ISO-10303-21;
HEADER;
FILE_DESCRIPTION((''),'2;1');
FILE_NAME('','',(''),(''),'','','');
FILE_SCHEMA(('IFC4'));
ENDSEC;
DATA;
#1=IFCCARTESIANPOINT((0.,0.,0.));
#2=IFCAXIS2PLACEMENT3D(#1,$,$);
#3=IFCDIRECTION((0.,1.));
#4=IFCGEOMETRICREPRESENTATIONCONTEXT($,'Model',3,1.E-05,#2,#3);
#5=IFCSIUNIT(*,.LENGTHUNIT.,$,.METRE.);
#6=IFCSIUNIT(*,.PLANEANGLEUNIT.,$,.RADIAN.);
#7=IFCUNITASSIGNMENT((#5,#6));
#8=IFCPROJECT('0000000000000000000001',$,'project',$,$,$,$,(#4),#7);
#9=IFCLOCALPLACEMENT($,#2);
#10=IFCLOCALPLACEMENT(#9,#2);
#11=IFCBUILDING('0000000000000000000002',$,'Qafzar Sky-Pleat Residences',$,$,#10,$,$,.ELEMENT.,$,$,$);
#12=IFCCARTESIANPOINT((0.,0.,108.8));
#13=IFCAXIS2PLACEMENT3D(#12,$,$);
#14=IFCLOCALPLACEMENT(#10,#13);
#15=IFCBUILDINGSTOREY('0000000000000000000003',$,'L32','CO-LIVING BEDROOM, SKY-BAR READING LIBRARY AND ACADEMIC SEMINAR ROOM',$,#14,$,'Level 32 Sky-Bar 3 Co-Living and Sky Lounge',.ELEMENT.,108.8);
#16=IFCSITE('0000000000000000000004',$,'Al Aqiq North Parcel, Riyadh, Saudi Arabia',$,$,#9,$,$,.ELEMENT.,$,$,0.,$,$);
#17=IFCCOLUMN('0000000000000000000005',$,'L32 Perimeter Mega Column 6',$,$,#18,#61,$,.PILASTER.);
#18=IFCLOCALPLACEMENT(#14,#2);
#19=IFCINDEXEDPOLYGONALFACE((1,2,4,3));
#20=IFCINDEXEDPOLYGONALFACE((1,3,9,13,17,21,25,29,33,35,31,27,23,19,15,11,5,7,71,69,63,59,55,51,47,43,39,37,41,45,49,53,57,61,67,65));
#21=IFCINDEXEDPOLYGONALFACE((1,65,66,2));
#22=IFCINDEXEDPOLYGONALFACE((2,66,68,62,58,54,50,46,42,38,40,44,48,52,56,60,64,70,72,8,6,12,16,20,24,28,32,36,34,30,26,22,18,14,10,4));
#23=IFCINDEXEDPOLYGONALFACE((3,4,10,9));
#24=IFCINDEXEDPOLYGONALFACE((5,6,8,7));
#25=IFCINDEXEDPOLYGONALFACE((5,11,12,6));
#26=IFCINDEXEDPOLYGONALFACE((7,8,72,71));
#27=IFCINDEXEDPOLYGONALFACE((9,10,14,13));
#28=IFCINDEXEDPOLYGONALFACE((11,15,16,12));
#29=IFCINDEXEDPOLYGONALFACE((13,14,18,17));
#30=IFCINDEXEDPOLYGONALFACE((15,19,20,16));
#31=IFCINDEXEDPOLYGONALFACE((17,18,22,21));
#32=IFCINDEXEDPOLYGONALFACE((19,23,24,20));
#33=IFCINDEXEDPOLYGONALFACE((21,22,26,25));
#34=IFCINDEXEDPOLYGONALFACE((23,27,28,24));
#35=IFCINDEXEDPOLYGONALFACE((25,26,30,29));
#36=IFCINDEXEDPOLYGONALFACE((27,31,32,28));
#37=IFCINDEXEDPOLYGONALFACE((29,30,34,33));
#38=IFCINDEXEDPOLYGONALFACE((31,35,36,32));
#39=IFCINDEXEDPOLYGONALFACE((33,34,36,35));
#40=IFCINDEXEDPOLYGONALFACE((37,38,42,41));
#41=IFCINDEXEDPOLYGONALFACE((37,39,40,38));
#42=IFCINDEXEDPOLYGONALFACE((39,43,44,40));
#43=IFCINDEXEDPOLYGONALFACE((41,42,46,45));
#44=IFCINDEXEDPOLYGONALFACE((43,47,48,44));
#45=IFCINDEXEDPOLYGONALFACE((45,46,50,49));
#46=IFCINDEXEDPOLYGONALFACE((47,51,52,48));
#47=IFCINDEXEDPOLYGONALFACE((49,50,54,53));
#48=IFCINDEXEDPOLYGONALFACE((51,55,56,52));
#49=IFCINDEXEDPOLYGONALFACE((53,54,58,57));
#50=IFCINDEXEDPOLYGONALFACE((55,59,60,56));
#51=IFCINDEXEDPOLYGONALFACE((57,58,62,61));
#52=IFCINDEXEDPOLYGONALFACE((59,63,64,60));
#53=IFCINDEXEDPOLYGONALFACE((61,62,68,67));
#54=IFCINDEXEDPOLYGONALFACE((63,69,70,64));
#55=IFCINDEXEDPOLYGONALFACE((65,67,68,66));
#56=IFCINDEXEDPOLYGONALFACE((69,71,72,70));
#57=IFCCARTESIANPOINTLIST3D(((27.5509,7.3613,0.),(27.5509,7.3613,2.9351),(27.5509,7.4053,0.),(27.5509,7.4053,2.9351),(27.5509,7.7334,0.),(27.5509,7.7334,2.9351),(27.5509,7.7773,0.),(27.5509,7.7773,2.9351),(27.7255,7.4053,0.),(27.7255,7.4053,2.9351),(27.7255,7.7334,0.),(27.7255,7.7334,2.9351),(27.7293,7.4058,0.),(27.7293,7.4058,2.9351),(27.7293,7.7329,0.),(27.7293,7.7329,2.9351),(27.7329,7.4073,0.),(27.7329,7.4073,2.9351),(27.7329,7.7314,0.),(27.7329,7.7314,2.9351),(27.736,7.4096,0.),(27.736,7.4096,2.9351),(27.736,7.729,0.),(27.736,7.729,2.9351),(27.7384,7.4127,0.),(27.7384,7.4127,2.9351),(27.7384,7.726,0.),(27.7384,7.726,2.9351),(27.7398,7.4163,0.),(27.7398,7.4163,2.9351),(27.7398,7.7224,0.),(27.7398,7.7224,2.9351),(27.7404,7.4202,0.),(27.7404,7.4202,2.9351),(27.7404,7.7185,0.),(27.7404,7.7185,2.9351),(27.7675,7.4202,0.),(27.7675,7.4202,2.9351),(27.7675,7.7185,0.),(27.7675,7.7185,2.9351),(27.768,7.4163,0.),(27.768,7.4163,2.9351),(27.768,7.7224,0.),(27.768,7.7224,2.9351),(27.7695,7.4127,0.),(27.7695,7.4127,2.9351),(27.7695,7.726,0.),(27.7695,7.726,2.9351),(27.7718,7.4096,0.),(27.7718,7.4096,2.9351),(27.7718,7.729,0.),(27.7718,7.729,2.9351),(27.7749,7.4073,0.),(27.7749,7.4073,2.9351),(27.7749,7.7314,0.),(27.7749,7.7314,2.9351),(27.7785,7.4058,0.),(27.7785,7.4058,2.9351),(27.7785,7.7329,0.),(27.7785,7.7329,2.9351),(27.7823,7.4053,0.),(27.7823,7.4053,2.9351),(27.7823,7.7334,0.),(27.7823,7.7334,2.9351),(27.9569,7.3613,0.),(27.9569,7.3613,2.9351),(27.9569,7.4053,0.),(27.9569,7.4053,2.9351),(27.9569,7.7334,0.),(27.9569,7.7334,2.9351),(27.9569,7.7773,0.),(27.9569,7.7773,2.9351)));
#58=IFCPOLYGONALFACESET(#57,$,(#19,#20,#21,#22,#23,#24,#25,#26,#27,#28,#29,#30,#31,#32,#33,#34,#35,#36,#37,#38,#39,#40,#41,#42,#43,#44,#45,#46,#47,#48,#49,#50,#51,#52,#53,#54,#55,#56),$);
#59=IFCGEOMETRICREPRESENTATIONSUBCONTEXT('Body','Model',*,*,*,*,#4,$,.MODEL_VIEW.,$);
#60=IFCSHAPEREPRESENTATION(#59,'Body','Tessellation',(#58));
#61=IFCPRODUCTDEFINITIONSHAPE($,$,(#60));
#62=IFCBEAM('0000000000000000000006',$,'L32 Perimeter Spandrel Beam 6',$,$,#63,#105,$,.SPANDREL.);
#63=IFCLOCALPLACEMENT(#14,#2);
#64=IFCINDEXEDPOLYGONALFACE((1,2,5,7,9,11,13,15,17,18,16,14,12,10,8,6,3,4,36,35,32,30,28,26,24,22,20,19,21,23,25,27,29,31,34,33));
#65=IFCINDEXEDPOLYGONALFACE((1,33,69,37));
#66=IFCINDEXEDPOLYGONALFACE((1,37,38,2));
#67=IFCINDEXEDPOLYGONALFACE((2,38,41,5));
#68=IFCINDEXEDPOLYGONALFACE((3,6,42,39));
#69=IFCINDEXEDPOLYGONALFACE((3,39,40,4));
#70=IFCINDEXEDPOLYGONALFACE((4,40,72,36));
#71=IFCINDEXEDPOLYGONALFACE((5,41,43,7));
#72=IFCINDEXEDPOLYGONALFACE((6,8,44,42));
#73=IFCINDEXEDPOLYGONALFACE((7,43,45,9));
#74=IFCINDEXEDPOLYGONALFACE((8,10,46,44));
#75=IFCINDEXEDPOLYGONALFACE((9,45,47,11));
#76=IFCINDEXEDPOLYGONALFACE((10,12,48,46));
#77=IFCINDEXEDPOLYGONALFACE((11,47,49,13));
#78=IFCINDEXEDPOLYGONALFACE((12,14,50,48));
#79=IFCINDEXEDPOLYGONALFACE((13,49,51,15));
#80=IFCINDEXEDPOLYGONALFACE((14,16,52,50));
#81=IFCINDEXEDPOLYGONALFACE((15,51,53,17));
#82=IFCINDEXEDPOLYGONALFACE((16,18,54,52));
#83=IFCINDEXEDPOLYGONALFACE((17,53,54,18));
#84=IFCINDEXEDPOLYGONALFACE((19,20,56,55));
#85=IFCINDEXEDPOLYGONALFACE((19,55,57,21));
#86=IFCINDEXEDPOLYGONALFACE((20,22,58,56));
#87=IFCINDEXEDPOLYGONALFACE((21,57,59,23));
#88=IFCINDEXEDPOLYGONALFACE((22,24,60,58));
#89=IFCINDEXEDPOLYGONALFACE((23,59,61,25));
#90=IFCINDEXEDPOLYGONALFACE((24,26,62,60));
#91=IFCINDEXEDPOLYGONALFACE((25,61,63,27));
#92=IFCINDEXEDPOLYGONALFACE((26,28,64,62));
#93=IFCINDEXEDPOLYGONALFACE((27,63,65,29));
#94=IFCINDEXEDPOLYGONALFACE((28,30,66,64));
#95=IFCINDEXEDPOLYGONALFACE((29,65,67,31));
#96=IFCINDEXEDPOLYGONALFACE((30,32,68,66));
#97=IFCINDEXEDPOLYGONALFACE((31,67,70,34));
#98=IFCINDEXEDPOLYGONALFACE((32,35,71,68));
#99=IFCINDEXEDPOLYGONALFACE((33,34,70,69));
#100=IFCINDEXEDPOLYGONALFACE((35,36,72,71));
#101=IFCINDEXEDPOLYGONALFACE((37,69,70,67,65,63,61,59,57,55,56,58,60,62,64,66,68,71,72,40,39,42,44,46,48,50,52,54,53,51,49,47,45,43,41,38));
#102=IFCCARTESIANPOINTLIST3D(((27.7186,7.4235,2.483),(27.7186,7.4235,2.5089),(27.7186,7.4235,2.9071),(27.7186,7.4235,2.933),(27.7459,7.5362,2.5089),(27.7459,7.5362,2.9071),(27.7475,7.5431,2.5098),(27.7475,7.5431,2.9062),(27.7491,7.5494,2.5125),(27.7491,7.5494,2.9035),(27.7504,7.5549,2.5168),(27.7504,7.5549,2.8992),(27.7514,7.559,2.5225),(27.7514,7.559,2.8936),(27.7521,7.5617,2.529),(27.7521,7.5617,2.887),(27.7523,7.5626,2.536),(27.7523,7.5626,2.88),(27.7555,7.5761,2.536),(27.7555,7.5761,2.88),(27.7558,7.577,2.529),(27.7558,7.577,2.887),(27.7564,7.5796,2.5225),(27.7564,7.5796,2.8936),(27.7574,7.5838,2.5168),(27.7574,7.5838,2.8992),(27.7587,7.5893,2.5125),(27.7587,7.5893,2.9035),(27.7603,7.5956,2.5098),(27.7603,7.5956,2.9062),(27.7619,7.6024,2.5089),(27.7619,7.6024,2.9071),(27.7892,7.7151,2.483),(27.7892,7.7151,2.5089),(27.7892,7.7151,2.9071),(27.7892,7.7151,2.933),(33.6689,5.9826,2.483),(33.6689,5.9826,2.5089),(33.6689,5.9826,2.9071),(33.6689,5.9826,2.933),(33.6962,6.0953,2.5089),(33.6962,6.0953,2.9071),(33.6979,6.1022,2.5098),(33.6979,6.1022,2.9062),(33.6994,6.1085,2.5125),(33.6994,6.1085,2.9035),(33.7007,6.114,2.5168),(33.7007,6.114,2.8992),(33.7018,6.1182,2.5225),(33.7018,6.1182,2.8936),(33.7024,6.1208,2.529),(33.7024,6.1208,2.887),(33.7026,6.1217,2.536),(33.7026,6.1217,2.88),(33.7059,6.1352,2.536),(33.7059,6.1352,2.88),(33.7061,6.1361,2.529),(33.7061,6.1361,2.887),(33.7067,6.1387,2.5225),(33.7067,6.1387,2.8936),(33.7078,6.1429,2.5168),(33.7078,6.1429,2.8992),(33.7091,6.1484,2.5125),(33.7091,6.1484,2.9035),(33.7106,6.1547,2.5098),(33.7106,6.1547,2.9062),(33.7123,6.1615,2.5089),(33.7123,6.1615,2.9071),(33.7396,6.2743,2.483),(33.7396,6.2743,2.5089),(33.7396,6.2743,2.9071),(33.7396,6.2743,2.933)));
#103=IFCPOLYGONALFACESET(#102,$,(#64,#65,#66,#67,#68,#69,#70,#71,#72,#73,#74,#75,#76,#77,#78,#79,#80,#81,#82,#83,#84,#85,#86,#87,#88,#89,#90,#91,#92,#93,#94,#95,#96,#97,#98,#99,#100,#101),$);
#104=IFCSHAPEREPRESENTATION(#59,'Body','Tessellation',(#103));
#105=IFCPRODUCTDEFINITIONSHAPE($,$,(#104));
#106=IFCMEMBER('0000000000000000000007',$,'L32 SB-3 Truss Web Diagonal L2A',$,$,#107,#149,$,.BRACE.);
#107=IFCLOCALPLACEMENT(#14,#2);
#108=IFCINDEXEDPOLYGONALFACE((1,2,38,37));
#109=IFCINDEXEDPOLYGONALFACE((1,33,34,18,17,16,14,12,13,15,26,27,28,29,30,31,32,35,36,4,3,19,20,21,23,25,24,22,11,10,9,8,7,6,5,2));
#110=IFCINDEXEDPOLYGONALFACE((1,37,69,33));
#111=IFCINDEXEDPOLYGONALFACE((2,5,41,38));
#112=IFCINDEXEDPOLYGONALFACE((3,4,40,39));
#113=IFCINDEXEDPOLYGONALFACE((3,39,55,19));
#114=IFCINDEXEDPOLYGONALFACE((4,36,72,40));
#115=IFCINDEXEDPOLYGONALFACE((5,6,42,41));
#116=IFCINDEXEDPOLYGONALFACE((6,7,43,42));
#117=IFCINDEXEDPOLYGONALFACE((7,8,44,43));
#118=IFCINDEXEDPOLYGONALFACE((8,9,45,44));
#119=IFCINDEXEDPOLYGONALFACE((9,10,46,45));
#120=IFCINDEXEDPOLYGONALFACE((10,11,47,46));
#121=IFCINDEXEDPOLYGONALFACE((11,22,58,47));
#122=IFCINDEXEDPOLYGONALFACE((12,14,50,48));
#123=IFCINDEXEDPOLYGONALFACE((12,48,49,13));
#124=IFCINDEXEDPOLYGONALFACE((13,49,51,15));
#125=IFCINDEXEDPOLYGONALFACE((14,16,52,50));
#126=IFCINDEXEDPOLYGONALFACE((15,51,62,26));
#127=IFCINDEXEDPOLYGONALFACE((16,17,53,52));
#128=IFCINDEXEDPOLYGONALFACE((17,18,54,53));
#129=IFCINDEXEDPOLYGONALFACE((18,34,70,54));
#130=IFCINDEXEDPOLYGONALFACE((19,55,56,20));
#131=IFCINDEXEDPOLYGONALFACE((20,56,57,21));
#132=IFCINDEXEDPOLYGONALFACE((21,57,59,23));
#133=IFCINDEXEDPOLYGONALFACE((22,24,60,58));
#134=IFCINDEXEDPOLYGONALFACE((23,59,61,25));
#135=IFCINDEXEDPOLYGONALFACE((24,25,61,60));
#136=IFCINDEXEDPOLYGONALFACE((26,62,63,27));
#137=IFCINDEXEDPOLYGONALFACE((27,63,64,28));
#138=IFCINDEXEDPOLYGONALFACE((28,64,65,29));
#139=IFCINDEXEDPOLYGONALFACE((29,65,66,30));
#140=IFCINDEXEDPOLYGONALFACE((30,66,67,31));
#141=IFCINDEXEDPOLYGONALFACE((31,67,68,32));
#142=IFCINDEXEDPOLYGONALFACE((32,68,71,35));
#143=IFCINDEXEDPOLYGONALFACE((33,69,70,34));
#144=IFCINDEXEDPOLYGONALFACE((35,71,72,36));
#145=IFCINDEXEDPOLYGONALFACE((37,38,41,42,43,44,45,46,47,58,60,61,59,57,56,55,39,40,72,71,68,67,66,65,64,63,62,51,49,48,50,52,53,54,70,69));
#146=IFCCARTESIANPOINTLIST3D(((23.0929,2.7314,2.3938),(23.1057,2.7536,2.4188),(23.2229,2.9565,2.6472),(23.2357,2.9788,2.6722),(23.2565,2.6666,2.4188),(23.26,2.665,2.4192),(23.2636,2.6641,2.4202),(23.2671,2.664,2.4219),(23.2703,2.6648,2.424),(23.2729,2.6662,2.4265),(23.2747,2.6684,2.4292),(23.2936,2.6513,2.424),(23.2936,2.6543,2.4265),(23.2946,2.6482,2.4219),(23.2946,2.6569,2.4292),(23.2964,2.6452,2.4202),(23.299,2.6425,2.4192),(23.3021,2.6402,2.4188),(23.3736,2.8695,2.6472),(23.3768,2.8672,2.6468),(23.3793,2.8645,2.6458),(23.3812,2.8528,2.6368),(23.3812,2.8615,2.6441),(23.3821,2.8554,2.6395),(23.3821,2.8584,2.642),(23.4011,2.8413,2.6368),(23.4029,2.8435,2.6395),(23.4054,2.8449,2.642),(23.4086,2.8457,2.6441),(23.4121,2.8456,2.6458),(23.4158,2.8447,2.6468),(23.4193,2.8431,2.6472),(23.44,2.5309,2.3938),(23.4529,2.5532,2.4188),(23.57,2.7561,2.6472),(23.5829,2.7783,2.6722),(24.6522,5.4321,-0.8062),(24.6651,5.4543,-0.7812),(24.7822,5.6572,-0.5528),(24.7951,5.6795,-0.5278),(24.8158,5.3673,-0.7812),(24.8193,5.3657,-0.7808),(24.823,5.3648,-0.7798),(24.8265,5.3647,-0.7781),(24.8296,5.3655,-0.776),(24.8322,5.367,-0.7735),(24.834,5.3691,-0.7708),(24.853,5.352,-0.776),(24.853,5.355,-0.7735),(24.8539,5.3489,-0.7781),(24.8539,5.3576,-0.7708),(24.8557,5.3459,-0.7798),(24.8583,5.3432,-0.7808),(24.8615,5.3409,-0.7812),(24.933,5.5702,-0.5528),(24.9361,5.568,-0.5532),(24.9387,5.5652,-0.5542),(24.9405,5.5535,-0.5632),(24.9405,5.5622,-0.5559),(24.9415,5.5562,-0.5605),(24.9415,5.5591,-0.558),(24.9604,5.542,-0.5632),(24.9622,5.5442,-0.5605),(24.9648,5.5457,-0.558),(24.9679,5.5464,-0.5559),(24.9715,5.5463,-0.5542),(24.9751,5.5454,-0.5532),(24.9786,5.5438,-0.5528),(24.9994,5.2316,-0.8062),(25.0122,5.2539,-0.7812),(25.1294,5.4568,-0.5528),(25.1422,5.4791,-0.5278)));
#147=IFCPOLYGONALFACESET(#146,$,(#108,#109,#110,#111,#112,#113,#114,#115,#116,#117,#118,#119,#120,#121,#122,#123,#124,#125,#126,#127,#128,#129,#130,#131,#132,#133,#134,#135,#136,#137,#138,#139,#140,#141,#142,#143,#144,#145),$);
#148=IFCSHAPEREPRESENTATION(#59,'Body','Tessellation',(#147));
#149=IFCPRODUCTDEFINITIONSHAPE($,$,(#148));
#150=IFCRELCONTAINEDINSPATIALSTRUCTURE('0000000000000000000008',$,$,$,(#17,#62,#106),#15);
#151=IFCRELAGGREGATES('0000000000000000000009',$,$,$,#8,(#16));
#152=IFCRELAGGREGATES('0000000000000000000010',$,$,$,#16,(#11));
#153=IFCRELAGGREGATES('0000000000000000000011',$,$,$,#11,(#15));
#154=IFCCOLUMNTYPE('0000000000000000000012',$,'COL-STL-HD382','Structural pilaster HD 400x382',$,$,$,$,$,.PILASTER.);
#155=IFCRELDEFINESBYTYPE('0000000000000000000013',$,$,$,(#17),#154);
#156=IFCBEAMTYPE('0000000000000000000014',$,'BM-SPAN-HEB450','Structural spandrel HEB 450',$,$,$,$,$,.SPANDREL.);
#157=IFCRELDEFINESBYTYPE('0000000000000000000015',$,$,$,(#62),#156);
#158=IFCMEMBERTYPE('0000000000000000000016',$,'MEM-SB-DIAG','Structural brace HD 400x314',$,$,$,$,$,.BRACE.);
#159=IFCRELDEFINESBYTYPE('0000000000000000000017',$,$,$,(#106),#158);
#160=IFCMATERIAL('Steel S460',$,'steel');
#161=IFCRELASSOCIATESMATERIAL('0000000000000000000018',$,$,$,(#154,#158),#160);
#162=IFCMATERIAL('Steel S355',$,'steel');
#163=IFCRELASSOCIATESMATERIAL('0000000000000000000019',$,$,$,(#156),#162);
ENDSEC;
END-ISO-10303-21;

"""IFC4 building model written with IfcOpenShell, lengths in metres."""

from ifc_helpers import new_model, si_unit, direction, frame, origin, origin_2d, place, context, subcontext, project, spatial, i_section, extrude, source, transform, mapped, material, material_profile, profile_set, type_object, element, save


model = new_model("IFC4")

# Units and contexts
model_context = context("Model", 3, precision=1e-05, world=origin(), true_north=direction((0.0, 1.0)))
body_context = subcontext(model_context, "Body", "Model", "MODEL_VIEW")
ifc_project = project(units=[si_unit("LENGTHUNIT", "METRE"), si_unit("PLANEANGLEUNIT", "RADIAN")], contexts=[model_context])

# Site, building, storey
site_placement = place(None, origin())
site = spatial("IfcSite", under=ifc_project, at=site_placement, Name="Al Aqiq North Parcel, Riyadh, Saudi Arabia", CompositionType="ELEMENT", RefElevation=0.0)
building_placement = place(site_placement, origin())
building = spatial("IfcBuilding", under=site, at=building_placement, Name="Qafzar Sky-Pleat Residences", CompositionType="ELEMENT")
storey_placement = place(building_placement, frame((0.0, 0.0, 108.8)))
storey = spatial("IfcBuildingStorey", under=building, at=storey_placement, Name="L32", Description="CO-LIVING BEDROOM, SKY-BAR READING LIBRARY AND ACADEMIC SEMINAR ROOM", LongName="Level 32 Sky-Bar 3 Co-Living and Sky Lounge", CompositionType="ELEMENT", Elevation=108.8)

# Column
ifc_material_1 = material(Name="Steel S460", Category="steel")
ifc_material_profile_1 = material_profile(ifc_material_1, i_section(OverallWidth=0.406, OverallDepth=0.416, WebThickness=0.0271, FlangeThickness=0.0439, FilletRadius=0.0149, at=origin_2d()), Name="HD 400x382")
ifc_profile_set_1 = profile_set([ifc_material_profile_1], Name="Steel S460")
column_type = type_object("IfcColumnType", Name="COL-STL-HD382", Description="Structural pilaster HD 400x382", PredefinedType="PILASTER", material=ifc_profile_set_1)
shared_shape_1 = source(origin(), body_context, "Body", "SweptSolid", [
    extrude(i_section(OverallWidth=0.406, OverallDepth=0.416, WebThickness=0.0271, FlangeThickness=0.0439, FilletRadius=0.0149, at=origin_2d()), origin(), (0.0, 0.0, 1.0), 2.9351),
])
column_placement = place(storey_placement, frame((27.7539, 7.5693, 0.0), z_axis=(0.0, 0.0, 1.0), x_axis=(1.0, 0.0, 0.0)))
element("IfcColumn", 1, at=column_placement, inside=storey, type_object=column_type, Name="L32 Perimeter Mega Column 6", PredefinedType="PILASTER", context=body_context, shape_type="MappedRepresentation", body=[
    mapped(shared_shape_1, transform((0.0, 0.0, 0.0), x_axis=(1.0, 0.0, 0.0), y_axis=(0.0, 1.0, 0.0), z_axis=(0.0, 0.0, 1.0), scale=1.0)),
])

# Beam
ifc_material_2 = material(Name="Steel S355", Category="steel")
ifc_material_profile_2 = material_profile(ifc_material_2, i_section(OverallWidth=0.3, OverallDepth=0.45, WebThickness=0.0139, FlangeThickness=0.0259, FilletRadius=0.0271, at=origin_2d()), Name="HEB 450")
ifc_profile_set_2 = profile_set([ifc_material_profile_2], Name="Steel S355")
beam_type_1 = type_object("IfcBeamType", Name="BM-SPAN-HEB450", Description="Structural spandrel HEB 450", PredefinedType="SPANDREL", material=ifc_profile_set_2)
shared_shape_2 = source(origin(), body_context, "Body", "SweptSolid", [
    extrude(i_section(OverallWidth=0.3, OverallDepth=0.45, WebThickness=0.0139, FlangeThickness=0.0259, FilletRadius=0.0271, at=origin_2d()), origin(), (0.0, 0.0, 1.0), 6.1223),
])
beam_1_placement = place(storey_placement, frame((27.7539, 7.5693, 2.708), z_axis=(0.97191, -0.235351, 0.0), x_axis=(0.235351, 0.97191, 0.0)))
element("IfcBeam", 2, at=beam_1_placement, inside=storey, type_object=beam_type_1, Name="L32 Perimeter Spandrel Beam 6", PredefinedType="SPANDREL", context=body_context, shape_type="MappedRepresentation", body=[
    mapped(shared_shape_2, transform((0.0, 0.0, 0.0), x_axis=(1.0, 0.0, 0.0), y_axis=(0.0, 1.0, 0.0), z_axis=(0.0, 0.0, 1.0), scale=1.0)),
])

# Member
ifc_material_profile_3 = material_profile(ifc_material_1, i_section(OverallWidth=0.4009, OverallDepth=0.3989, WebThickness=0.0229, FlangeThickness=0.0359, FilletRadius=0.0149, at=origin_2d()), Name="HD 400x314")
ifc_profile_set_3 = profile_set([ifc_material_profile_3], Name="Steel S460")
member_type = type_object("IfcMemberType", Name="MEM-SB-DIAG", Description="Structural brace HD 400x314", PredefinedType="BRACE", material=ifc_profile_set_3)
shared_shape_3 = source(origin(), body_context, "Body", "SweptSolid", [
    extrude(i_section(OverallWidth=0.4009, OverallDepth=0.3989, WebThickness=0.0229, FlangeThickness=0.0359, FilletRadius=0.0149, at=origin_2d()), origin(), (0.0, 0.0, 1.0), 4.4683),
])
for number, where, z_axis, x_axis, name in (
    (3, (24.8972, 5.4556, -0.667), (-0.348982, -0.604422, 0.71616), (0.866013, -0.500021, 0.0), "L32 SB-3 Truss Web Diagonal L2A"),
):
    element("IfcMember", number, at=place(storey_placement, frame(where, z_axis=z_axis, x_axis=x_axis)), inside=storey, type_object=member_type, Name=name, PredefinedType="BRACE", context=body_context, shape_type="MappedRepresentation", body=[
        mapped(shared_shape_3, transform((0.0, 0.0, 0.0), x_axis=(1.0, 0.0, 0.0), y_axis=(0.0, 1.0, 0.0), z_axis=(0.0, 0.0, 1.0), scale=1.0)),
    ])

save(model, "model.ifc")
